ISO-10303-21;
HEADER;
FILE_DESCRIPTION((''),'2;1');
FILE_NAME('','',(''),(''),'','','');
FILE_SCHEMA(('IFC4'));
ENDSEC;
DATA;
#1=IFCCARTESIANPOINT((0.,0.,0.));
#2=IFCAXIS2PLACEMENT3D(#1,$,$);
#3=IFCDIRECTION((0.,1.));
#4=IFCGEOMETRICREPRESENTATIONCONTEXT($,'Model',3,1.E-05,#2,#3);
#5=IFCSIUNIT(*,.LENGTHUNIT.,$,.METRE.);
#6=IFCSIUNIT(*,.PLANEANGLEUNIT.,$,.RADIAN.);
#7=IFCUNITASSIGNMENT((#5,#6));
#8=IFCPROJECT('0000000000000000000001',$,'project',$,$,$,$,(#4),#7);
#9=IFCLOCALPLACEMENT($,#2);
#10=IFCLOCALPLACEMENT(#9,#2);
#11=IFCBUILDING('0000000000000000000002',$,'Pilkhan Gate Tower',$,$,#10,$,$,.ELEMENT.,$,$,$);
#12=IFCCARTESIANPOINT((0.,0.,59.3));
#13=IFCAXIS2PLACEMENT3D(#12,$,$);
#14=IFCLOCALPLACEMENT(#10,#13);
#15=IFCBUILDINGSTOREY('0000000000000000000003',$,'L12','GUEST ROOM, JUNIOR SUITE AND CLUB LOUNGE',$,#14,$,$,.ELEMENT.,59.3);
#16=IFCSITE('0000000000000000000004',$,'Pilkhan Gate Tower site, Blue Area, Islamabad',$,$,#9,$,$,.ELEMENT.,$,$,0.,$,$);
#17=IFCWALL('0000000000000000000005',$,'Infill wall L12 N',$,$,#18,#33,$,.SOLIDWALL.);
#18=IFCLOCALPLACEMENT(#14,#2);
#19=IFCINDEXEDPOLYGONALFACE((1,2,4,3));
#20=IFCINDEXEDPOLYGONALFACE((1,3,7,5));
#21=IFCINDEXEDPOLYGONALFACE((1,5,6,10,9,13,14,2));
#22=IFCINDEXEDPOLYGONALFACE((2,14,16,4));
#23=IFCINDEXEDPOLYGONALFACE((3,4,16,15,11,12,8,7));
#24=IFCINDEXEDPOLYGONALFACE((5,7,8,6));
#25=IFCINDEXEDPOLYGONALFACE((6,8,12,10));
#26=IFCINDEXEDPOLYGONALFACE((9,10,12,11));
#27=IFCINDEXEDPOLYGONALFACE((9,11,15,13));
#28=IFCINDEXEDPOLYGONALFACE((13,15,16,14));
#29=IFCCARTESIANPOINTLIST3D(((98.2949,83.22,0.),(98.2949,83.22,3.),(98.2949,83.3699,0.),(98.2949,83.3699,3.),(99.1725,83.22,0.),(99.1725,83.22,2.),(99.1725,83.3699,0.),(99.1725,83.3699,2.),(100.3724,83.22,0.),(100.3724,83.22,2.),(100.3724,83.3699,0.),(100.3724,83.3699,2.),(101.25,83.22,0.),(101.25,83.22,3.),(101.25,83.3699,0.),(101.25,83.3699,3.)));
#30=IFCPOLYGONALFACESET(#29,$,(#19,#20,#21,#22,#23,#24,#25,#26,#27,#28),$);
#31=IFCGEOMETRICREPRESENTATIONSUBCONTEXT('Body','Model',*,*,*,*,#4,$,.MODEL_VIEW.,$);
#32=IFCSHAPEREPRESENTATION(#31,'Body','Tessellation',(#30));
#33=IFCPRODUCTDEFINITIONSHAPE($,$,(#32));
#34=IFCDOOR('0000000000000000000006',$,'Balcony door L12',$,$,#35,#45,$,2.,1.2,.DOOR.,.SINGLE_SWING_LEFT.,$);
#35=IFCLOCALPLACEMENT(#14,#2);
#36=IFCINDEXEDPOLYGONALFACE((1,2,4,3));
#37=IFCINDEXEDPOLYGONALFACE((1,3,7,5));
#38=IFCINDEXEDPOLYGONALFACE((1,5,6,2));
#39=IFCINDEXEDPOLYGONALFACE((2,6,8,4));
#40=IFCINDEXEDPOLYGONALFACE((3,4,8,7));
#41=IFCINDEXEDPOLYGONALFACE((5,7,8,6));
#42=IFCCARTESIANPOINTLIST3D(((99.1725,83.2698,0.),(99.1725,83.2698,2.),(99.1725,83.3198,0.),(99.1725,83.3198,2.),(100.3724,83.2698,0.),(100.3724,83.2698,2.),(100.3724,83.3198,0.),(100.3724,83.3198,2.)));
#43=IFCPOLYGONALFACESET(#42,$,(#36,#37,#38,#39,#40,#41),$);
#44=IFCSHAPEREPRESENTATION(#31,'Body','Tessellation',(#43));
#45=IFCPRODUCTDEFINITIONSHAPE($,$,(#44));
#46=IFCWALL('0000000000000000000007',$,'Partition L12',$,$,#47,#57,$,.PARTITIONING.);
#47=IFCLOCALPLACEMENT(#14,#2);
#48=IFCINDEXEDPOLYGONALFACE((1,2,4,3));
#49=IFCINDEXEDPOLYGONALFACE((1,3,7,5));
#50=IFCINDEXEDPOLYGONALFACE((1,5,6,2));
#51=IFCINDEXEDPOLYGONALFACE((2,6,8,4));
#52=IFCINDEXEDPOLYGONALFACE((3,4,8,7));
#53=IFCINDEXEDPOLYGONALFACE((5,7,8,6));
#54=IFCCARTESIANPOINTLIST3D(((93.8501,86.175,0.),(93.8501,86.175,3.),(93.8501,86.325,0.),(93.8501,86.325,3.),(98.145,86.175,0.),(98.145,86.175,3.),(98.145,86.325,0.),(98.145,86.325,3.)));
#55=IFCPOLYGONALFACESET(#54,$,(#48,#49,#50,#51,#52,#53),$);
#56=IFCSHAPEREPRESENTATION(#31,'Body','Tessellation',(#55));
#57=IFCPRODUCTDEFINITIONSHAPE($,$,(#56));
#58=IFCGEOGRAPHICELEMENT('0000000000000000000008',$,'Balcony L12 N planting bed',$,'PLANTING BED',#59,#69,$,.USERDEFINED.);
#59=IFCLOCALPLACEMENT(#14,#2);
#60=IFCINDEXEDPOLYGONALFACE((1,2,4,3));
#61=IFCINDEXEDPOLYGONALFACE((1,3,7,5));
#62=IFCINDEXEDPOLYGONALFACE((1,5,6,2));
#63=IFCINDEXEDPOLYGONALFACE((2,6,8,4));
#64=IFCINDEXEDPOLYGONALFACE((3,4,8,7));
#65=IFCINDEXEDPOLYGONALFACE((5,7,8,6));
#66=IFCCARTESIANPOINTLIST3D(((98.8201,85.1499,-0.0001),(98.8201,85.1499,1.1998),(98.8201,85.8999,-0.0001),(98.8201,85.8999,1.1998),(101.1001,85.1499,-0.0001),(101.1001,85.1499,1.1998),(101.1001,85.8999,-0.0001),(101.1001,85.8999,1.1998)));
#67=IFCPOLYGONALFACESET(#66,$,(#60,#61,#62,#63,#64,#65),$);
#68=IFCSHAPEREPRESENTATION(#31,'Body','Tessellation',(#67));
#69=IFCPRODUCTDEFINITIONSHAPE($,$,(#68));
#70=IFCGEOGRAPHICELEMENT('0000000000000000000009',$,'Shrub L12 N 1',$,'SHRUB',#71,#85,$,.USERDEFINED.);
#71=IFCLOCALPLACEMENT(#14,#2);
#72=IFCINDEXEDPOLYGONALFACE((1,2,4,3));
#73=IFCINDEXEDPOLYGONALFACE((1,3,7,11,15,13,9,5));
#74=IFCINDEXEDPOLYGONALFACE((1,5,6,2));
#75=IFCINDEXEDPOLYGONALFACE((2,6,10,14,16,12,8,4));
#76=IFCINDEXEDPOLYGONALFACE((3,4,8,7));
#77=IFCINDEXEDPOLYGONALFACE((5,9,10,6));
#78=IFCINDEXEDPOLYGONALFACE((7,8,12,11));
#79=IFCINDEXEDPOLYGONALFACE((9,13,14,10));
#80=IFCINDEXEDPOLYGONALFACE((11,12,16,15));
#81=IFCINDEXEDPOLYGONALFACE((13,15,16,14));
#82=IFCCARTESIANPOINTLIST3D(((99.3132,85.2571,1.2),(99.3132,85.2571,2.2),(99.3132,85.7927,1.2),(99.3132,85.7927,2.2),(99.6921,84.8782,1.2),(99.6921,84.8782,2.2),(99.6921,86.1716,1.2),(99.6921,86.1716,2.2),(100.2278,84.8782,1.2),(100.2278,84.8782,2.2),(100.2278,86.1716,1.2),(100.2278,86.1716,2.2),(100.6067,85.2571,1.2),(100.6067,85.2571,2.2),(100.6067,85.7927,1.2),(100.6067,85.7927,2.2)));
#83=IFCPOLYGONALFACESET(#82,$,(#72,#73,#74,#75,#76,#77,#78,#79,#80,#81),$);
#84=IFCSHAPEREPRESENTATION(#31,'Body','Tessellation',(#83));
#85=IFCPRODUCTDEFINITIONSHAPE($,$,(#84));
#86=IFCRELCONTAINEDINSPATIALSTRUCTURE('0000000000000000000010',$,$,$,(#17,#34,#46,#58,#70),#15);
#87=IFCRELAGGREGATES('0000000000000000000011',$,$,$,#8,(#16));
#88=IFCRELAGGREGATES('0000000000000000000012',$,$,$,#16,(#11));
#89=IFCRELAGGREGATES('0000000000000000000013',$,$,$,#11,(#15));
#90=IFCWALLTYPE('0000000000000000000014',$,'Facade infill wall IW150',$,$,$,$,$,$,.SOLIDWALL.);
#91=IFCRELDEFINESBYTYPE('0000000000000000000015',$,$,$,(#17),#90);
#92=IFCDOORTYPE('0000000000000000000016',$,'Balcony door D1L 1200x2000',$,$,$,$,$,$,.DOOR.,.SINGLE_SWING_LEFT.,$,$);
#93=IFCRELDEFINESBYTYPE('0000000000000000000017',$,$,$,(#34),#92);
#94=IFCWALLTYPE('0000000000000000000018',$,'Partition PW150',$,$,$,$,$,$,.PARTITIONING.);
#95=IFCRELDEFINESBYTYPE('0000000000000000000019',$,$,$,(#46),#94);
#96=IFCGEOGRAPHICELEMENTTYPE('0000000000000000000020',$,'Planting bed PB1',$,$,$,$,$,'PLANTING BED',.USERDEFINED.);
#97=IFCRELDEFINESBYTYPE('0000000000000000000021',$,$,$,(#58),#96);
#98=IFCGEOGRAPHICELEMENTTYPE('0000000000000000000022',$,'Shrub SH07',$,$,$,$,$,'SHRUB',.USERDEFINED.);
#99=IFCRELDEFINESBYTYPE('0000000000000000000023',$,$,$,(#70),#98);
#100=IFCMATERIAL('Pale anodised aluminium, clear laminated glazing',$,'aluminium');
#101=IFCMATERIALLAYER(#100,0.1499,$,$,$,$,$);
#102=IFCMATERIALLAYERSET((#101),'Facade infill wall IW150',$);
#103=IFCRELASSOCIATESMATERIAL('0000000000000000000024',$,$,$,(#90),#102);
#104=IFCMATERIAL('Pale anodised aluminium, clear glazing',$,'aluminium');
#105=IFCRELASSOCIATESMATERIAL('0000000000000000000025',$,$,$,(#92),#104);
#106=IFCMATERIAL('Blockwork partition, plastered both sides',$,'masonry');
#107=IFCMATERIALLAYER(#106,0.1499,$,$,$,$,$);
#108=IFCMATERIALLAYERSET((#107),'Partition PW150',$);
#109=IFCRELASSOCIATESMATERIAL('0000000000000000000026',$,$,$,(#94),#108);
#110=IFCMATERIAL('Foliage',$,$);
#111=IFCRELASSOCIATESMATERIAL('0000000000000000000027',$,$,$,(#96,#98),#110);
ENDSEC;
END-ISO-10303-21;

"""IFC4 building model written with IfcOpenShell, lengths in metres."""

from ifc_helpers import new_model, si_unit, direction, frame, frame_2d, origin, origin_2d, place, context, subcontext, project, spatial, polyline, rectangle, outline, extrude, material, layer, layer_set, material_profile, profile_set, type_object, element, fill, save


model = new_model("IFC4")

# Units and contexts
model_context = context("Model", 3, precision=1e-05, world=origin(), true_north=direction((0.0, 1.0)))
body_context = subcontext(model_context, "Body", "Model", "MODEL_VIEW")
ifc_project = project(units=[si_unit("LENGTHUNIT", "METRE"), si_unit("PLANEANGLEUNIT", "RADIAN")], contexts=[model_context])

# Site, building, storey
site_placement = place(None, origin())
site = spatial("IfcSite", under=ifc_project, at=site_placement, Name="Pilkhan Gate Tower site, Blue Area, Islamabad", CompositionType="ELEMENT", RefElevation=0.0)
building_placement = place(site_placement, origin())
building = spatial("IfcBuilding", under=site, at=building_placement, Name="Pilkhan Gate Tower", CompositionType="ELEMENT")
storey_placement = place(building_placement, frame((0.0, 0.0, 59.3)))
storey = spatial("IfcBuildingStorey", under=building, at=storey_placement, Name="L12", Description="GUEST ROOM, JUNIOR SUITE AND CLUB LOUNGE", CompositionType="ELEMENT", Elevation=59.3)

# Wall, opening, door
ifc_material_1 = material(Name="Pale anodised aluminium, clear laminated glazing", Category="aluminium")
ifc_layer_1 = layer(ifc_material_1, 0.1499)
ifc_layer_set_1 = layer_set([ifc_layer_1], Name="Facade infill wall IW150")
wall_type_1 = type_object("IfcWallType", Name="Facade infill wall IW150", PredefinedType="SOLIDWALL", material=ifc_layer_set_1)
wall_1_placement = place(storey_placement, frame((98.2949, 83.2949, 0.0), z_axis=(0.0, 0.0, 1.0), x_axis=(1.0, 0.0, 0.0)))
wall_1 = element("IfcWall", 1, at=wall_1_placement, inside=storey, type_object=wall_type_1, Name="Infill wall L12 N", PredefinedType="SOLIDWALL", context=body_context, shape_type="SweptSolid", body=[
    extrude(rectangle(XDim=2.9551, YDim=0.1499, at=frame_2d((1.4775, 0.0))), origin(), (0.0, 0.0, 1.0), 3.0),
])
opening_placement = place(wall_1_placement, frame((0.8774, 0.0, 0.0)))
opening = element("IfcOpeningElement", 2, at=opening_placement, cuts=wall_1, PredefinedType="OPENING", context=body_context, shape_type="SweptSolid", body=[
    extrude(rectangle(XDim=1.2, YDim=2.0, at=frame_2d((0.6001, 1.0))), frame((0.0, 0.085, 0.0), z_axis=(0.0, -1.0, 0.0), x_axis=(1.0, 0.0, 0.0)), (0.0, 0.0, 1.0), 0.1699),
])
ifc_material_2 = material(Name="Pale anodised aluminium, clear glazing", Category="aluminium")
door_type = type_object("IfcDoorType", Name="Balcony door D1L 1200x2000", OperationType="SINGLE_SWING_LEFT", PredefinedType="DOOR", material=ifc_material_2)
door_placement = place(opening_placement, origin())
door = element("IfcDoor", 3, at=door_placement, inside=storey, type_object=door_type, Name="Balcony door L12", OperationType="SINGLE_SWING_LEFT", OverallHeight=2.0, OverallWidth=1.2, PredefinedType="DOOR", context=body_context, shape_type="SweptSolid", body=[
    extrude(rectangle(XDim=1.2, YDim=2.0, at=frame_2d((0.6001, 1.0))), frame((0.0, 0.0249, 0.0), z_axis=(0.0, -1.0, 0.0), x_axis=(1.0, 0.0, 0.0)), (0.0, 0.0, 1.0), 0.05),
])
fill(opening, door)

# Wall
ifc_material_3 = material(Name="Blockwork partition, plastered both sides", Category="masonry")
ifc_layer_2 = layer(ifc_material_3, 0.1499)
ifc_layer_set_2 = layer_set([ifc_layer_2], Name="Partition PW150")
wall_type_2 = type_object("IfcWallType", Name="Partition PW150", PredefinedType="PARTITIONING", material=ifc_layer_set_2)
wall_2_placement = place(storey_placement, frame((93.8501, 86.25, 0.0), z_axis=(0.0, 0.0, 1.0), x_axis=(1.0, 0.0, 0.0)))
element("IfcWall", 4, at=wall_2_placement, inside=storey, type_object=wall_type_2, Name="Partition L12", PredefinedType="PARTITIONING", context=body_context, shape_type="SweptSolid", body=[
    extrude(rectangle(XDim=4.2949, YDim=0.1499, at=frame_2d((2.1475, 0.0))), origin(), (0.0, 0.0, 1.0), 3.0),
])

# Geographic elements
ifc_material_4 = material(Name="Foliage")
ifc_material_profile_1 = material_profile(ifc_material_4, rectangle(XDim=0.75, YDim=1.2, at=origin_2d()), Name="Bed 750x1200")
ifc_profile_set_1 = profile_set([ifc_material_profile_1], Name="Foliage")
geographic_element_type_1 = type_object("IfcGeographicElementType", Name="Planting bed PB1", ElementType="PLANTING BED", PredefinedType="USERDEFINED", material=ifc_profile_set_1)
geographic_element_1_placement = place(storey_placement, frame((98.8201, 85.5249, 0.5999), z_axis=(1.0, 0.0, 0.0), x_axis=(0.0, 1.0, 0.0)))
element("IfcGeographicElement", 5, at=geographic_element_1_placement, inside=storey, type_object=geographic_element_type_1, Name="Balcony L12 N planting bed", ObjectType="PLANTING BED", PredefinedType="USERDEFINED", context=body_context, shape_type="SweptSolid", body=[
    extrude(rectangle(XDim=0.75, YDim=1.2, at=origin_2d()), origin(), (0.0, 0.0, 1.0), 2.28),
])
ifc_material_profile_2 = material_profile(ifc_material_4, outline(polyline([(0.6467, 0.2678), (0.2678, 0.6467), (-0.2678, 0.6467), (-0.6467, 0.2678), (-0.6467, -0.2678), (-0.2678, -0.6467), (0.2678, -0.6467), (0.6467, -0.2678), (0.6467, 0.2678)])), Name="Shrub D1.4")
ifc_profile_set_2 = profile_set([ifc_material_profile_2], Name="Foliage")
geographic_element_type_2 = type_object("IfcGeographicElementType", Name="Shrub SH07", ElementType="SHRUB", PredefinedType="USERDEFINED", material=ifc_profile_set_2)
geographic_element_2_placement = place(storey_placement, frame((99.96, 85.5249, 1.2), z_axis=(0.0, 0.0, 1.0), x_axis=(1.0, 0.0, 0.0)))
element("IfcGeographicElement", 6, at=geographic_element_2_placement, inside=storey, type_object=geographic_element_type_2, Name="Shrub L12 N 1", ObjectType="SHRUB", PredefinedType="USERDEFINED", context=body_context, shape_type="SweptSolid", body=[
    extrude(outline(polyline([(0.6467, 0.2678), (0.2678, 0.6467), (-0.2678, 0.6467), (-0.6467, 0.2678), (-0.6467, -0.2678), (-0.2678, -0.6467), (0.2678, -0.6467), (0.6467, -0.2678), (0.6467, 0.2678)])), origin(), (0.0, 0.0, 1.0), 1.0),
])

save(model, "model.ifc")
